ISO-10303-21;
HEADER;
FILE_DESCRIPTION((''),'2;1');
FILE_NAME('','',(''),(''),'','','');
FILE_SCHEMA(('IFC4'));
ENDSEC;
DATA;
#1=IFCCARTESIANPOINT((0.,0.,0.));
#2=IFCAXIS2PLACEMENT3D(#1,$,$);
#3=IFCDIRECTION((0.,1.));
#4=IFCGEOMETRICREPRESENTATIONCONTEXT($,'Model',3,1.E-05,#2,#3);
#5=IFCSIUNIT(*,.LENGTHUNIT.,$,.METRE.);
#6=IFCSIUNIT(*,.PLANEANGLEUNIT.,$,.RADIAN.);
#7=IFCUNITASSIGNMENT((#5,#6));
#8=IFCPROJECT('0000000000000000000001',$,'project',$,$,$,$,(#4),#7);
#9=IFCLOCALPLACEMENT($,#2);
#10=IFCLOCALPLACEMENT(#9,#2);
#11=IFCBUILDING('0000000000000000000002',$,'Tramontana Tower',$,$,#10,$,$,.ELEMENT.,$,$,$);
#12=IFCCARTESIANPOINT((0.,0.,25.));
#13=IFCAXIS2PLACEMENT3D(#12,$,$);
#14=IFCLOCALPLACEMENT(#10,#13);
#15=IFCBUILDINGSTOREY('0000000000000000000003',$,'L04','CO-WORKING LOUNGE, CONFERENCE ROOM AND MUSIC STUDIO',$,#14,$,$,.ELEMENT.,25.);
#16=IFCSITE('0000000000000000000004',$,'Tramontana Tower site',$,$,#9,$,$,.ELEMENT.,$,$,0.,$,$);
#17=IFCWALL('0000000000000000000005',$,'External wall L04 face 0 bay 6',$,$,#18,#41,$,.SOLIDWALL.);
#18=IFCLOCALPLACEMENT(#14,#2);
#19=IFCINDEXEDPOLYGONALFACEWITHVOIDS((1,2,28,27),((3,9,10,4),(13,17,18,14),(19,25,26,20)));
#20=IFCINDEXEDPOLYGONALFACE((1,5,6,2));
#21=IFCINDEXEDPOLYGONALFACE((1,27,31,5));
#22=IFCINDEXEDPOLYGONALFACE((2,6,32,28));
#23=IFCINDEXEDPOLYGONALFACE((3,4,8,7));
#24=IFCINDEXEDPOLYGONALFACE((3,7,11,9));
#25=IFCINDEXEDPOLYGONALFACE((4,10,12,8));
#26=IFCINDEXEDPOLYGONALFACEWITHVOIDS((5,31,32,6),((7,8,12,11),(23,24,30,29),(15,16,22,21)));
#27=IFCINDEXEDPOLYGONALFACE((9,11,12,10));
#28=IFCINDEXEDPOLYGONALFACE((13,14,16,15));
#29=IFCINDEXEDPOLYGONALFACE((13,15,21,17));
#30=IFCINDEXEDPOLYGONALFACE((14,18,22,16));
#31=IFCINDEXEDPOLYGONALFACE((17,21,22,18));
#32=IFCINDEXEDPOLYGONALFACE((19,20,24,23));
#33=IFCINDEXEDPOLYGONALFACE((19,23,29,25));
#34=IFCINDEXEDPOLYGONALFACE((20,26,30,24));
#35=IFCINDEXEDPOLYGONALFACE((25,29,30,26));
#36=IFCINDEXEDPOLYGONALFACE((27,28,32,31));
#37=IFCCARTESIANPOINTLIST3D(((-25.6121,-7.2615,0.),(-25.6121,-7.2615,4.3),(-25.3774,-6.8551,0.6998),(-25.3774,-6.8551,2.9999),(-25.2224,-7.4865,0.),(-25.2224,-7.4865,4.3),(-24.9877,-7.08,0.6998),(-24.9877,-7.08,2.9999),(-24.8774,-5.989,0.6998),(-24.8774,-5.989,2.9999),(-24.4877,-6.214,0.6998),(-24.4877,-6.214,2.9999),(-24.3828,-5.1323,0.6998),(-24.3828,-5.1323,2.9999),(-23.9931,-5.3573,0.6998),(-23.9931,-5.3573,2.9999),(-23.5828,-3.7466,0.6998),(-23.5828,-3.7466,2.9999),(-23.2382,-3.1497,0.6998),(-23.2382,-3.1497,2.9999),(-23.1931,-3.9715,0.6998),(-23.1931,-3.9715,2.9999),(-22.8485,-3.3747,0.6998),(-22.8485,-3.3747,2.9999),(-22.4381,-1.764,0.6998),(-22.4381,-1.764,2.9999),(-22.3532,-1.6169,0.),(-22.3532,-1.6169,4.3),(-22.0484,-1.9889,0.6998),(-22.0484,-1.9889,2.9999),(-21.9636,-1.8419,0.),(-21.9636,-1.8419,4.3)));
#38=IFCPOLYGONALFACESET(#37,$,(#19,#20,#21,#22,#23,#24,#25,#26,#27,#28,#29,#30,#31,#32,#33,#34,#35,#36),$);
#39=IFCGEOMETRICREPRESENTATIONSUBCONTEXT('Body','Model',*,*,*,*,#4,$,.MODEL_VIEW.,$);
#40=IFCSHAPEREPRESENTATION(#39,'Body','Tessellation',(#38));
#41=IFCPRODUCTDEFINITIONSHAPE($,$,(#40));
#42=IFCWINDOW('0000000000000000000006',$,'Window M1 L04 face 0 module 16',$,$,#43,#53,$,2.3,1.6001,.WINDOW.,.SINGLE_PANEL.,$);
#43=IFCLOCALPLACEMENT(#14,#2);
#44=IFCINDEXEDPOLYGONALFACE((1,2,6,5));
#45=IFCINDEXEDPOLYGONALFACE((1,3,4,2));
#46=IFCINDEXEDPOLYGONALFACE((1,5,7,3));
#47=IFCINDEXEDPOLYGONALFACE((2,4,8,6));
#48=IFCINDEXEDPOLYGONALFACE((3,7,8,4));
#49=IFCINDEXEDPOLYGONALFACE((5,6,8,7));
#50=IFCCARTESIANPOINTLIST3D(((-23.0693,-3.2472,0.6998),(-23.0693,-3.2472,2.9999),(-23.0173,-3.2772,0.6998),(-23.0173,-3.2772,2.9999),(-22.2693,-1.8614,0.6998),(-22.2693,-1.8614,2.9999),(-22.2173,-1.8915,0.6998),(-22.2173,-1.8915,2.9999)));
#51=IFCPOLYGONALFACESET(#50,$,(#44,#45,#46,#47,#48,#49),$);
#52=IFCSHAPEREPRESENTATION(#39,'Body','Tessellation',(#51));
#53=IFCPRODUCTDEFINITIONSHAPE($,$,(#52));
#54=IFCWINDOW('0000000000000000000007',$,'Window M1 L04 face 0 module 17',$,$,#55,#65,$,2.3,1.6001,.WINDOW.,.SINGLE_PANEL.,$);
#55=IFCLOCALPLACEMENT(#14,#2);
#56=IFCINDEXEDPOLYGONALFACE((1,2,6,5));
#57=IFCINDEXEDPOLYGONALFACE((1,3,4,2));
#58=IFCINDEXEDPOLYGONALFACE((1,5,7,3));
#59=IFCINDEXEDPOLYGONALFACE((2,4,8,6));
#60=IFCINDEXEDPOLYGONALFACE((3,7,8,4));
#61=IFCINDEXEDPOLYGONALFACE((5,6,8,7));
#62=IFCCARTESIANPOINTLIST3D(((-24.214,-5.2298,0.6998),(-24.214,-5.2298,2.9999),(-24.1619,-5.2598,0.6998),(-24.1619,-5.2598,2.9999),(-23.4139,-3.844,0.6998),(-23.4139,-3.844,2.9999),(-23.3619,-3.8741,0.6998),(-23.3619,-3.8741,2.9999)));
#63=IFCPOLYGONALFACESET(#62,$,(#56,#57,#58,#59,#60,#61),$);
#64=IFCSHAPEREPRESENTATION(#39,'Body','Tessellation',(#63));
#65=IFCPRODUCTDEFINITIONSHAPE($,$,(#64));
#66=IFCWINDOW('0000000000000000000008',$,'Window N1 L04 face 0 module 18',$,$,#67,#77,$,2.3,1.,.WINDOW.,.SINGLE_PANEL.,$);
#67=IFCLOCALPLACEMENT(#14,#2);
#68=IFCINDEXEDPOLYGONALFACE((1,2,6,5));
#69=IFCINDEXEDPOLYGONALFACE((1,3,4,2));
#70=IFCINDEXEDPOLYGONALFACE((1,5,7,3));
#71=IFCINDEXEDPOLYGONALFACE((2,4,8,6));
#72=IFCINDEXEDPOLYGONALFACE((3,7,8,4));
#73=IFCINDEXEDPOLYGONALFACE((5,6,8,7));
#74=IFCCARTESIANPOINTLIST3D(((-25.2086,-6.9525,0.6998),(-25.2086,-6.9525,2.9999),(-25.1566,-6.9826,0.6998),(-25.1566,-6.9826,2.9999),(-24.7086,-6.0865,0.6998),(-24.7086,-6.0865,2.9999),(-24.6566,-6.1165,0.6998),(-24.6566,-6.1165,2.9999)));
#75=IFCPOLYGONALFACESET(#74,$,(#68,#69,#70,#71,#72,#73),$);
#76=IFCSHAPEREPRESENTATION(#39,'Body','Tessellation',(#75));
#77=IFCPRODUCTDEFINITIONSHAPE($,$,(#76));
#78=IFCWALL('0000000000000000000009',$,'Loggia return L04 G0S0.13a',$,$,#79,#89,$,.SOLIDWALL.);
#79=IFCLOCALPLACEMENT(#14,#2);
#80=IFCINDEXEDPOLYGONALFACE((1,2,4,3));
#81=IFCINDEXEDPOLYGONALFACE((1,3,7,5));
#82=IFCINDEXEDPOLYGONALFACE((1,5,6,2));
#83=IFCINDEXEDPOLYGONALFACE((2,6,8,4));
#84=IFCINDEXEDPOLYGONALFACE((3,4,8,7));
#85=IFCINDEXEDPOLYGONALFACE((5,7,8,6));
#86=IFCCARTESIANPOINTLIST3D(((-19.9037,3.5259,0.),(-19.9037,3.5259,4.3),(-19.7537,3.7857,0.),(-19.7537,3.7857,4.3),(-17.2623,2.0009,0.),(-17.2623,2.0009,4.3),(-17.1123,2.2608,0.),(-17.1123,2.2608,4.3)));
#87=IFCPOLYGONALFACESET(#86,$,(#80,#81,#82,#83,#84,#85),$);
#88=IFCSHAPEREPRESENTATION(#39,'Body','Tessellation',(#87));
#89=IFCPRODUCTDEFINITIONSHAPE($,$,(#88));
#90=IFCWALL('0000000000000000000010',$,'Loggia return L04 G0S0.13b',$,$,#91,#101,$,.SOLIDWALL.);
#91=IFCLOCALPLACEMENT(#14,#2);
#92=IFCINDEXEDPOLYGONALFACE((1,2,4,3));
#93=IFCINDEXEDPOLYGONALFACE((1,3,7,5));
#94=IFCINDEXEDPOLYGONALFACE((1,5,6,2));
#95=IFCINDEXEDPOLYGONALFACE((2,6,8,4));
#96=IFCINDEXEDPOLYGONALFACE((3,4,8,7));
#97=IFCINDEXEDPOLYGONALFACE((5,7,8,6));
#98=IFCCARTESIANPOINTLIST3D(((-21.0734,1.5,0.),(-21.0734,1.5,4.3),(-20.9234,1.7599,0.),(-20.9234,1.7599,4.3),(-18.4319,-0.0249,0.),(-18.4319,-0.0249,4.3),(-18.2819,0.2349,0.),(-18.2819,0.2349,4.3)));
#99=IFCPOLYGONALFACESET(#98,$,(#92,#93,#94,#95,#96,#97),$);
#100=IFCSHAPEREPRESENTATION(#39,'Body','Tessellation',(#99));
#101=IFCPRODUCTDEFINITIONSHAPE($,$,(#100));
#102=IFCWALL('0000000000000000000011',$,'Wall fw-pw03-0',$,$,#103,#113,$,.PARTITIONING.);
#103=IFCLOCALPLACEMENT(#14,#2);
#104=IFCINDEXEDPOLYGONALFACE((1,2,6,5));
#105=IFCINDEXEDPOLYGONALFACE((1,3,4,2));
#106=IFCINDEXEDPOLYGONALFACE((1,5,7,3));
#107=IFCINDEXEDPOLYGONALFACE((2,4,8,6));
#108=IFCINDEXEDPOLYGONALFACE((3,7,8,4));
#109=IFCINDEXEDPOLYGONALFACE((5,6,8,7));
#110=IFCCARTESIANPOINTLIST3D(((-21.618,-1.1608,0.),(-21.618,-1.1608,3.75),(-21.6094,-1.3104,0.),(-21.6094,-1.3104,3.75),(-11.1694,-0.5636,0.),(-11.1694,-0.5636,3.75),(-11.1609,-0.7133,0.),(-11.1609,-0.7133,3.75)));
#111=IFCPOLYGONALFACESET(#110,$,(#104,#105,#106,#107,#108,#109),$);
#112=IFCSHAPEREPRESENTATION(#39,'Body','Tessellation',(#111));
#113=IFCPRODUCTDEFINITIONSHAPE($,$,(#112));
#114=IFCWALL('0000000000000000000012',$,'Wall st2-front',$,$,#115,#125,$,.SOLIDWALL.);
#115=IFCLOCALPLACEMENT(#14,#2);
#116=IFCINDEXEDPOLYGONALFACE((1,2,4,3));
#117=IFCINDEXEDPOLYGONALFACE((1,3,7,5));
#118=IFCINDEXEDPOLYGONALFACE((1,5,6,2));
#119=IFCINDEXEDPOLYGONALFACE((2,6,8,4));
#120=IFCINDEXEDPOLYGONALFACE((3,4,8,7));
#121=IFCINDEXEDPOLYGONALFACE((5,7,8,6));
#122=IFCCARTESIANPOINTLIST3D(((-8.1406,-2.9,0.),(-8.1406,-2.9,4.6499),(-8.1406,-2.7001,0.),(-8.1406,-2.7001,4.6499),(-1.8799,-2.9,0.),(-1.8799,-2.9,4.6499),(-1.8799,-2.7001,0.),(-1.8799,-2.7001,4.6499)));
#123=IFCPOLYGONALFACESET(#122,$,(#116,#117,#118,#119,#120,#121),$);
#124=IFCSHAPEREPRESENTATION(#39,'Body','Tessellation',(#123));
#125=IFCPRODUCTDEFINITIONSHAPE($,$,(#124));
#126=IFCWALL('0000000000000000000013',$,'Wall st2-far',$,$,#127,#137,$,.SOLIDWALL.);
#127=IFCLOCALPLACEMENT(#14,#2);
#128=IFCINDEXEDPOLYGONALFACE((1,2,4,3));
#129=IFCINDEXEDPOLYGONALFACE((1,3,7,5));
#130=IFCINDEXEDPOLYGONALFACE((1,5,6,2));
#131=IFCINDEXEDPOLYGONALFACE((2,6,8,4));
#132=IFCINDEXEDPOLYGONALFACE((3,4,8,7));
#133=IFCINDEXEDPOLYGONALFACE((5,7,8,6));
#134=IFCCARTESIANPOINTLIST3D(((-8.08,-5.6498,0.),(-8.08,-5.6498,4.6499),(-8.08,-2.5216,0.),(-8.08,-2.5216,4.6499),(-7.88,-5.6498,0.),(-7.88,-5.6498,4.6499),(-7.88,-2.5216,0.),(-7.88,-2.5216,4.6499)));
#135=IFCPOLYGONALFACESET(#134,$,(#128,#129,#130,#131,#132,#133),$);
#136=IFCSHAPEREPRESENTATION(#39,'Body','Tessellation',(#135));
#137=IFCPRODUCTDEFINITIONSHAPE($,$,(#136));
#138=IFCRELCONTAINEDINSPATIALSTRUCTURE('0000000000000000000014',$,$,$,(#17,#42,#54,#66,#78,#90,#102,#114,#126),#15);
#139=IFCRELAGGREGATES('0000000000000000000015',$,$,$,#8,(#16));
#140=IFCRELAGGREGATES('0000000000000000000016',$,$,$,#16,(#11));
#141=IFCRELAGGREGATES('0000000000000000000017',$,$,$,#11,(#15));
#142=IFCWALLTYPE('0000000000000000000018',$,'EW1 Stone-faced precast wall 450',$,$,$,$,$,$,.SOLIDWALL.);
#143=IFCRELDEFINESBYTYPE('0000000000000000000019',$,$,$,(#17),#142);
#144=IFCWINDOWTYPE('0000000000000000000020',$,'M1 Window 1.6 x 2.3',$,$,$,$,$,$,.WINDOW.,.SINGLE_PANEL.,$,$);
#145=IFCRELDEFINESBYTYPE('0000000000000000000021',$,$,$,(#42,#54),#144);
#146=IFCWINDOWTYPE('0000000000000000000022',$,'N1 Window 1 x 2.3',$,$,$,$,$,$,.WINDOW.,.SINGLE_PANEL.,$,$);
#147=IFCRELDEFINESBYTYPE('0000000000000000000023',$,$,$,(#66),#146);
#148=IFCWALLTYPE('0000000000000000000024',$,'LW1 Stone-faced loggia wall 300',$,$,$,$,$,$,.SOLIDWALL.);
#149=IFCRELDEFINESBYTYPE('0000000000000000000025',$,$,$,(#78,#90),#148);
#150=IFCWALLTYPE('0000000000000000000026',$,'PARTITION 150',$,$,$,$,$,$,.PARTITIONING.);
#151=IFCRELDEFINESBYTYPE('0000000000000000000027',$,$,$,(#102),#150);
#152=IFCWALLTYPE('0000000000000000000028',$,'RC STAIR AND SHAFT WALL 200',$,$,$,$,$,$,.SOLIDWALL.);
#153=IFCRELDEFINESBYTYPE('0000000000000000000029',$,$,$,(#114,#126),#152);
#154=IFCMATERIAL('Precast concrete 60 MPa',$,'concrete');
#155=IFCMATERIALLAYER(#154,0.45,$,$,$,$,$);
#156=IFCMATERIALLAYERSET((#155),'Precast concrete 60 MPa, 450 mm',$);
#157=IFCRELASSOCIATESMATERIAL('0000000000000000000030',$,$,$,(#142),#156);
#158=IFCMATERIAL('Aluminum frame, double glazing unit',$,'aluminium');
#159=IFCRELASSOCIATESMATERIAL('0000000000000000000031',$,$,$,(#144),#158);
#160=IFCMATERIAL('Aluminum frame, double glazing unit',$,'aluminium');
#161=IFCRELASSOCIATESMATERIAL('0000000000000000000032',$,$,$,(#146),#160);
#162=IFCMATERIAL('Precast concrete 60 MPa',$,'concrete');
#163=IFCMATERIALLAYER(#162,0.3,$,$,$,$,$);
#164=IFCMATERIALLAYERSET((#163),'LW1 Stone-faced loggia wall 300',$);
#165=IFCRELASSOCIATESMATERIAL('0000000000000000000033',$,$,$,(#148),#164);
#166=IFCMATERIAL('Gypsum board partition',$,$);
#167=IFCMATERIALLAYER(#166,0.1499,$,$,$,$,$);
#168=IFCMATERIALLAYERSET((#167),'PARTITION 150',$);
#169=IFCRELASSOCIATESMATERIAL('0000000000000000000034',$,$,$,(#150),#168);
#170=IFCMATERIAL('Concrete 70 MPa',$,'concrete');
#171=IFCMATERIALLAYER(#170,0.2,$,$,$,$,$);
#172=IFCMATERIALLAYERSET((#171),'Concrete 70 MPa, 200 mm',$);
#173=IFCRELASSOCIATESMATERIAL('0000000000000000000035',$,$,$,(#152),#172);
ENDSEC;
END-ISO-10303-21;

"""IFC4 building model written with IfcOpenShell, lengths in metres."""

from ifc_helpers import new_model, si_unit, direction, frame, frame_2d, origin, place, context, subcontext, project, spatial, rectangle, extrude, material, layer, layer_set, type_object, element, fill, save


model = new_model("IFC4")

# Units and contexts
model_context = context("Model", 3, precision=1e-05, world=origin(), true_north=direction((0.0, 1.0)))
body_context = subcontext(model_context, "Body", "Model", "MODEL_VIEW")
ifc_project = project(units=[si_unit("LENGTHUNIT", "METRE"), si_unit("PLANEANGLEUNIT", "RADIAN")], contexts=[model_context])

# Site, building, storey
site_placement = place(None, origin())
site = spatial("IfcSite", under=ifc_project, at=site_placement, Name="Tramontana Tower site", CompositionType="ELEMENT", RefElevation=0.0)
building_placement = place(site_placement, origin())
building = spatial("IfcBuilding", under=site, at=building_placement, Name="Tramontana Tower", CompositionType="ELEMENT")
storey_placement = place(building_placement, frame((0.0, 0.0, 25.0)))
storey = spatial("IfcBuildingStorey", under=building, at=storey_placement, Name="L04", Description="CO-WORKING LOUNGE, CONFERENCE ROOM AND MUSIC STUDIO", CompositionType="ELEMENT", Elevation=25.0)

# Shared definitions
ifc_material_1 = material(Name="Precast concrete 60 MPa", Category="concrete")
ifc_layer_1 = layer(ifc_material_1, 0.45)
ifc_layer_set_1 = layer_set([ifc_layer_1], Name="Precast concrete 60 MPa, 450 mm")
wall_type_1 = type_object("IfcWallType", Name="EW1 Stone-faced precast wall 450", PredefinedType="SOLIDWALL", material=ifc_layer_set_1)
ifc_material_2 = material(Name="Aluminum frame, double glazing unit", Category="aluminium")
window_type_1 = type_object("IfcWindowType", Name="M1 Window 1.6 x 2.3", PartitioningType="SINGLE_PANEL", PredefinedType="WINDOW", material=ifc_material_2)

# Wall, openings, windows
wall_1_placement = place(storey_placement, frame((-22.1584, -1.7295, 0.0), z_axis=(0.0, 0.0, 1.0), x_axis=(-0.49999, -0.866031, 0.0)))
wall_1 = element("IfcWall", 1, at=wall_1_placement, inside=storey, type_object=wall_type_1, Name="External wall L04 face 0 bay 6", PredefinedType="SOLIDWALL", context=body_context, shape_type="SweptSolid", body=[
    extrude(rectangle(XDim=6.5178, YDim=0.45, at=frame_2d((3.2588, 0.0))), origin(), (0.0, 0.0, 1.0), 4.3),
])
opening_1_placement = place(wall_1_placement, frame((0.1697, 0.0, 0.7)))
opening_1 = element("IfcOpeningElement", 2, at=opening_1_placement, cuts=wall_1, PredefinedType="OPENING", context=body_context, shape_type="SweptSolid", body=[
    extrude(rectangle(XDim=1.6001, YDim=2.3, at=frame_2d((0.8, 1.1499))), frame((0.0, 0.2349, 0.0), z_axis=(0.0, -1.0, 0.0), x_axis=(1.0, 0.0, 0.0)), (0.0, 0.0, 1.0), 0.47),
])
opening_2_placement = place(wall_1_placement, frame((2.459, 0.0, 0.7)))
opening_2 = element("IfcOpeningElement", 3, at=opening_2_placement, cuts=wall_1, PredefinedType="OPENING", context=body_context, shape_type="SweptSolid", body=[
    extrude(rectangle(XDim=1.6001, YDim=2.3, at=frame_2d((0.8, 1.1499))), frame((0.0, 0.2349, 0.0), z_axis=(0.0, -1.0, 0.0), x_axis=(1.0, 0.0, 0.0)), (0.0, 0.0, 1.0), 0.47),
])
opening_3_placement = place(wall_1_placement, frame((5.0483, 0.0, 0.7)))
opening_3 = element("IfcOpeningElement", 4, at=opening_3_placement, cuts=wall_1, PredefinedType="OPENING", context=body_context, shape_type="SweptSolid", body=[
    extrude(rectangle(XDim=1.0, YDim=2.3, at=frame_2d((0.5, 1.1499))), frame((0.0, 0.2349, 0.0), z_axis=(0.0, -1.0, 0.0), x_axis=(1.0, 0.0, 0.0)), (0.0, 0.0, 1.0), 0.47),
])
window_1_placement = place(opening_1_placement, origin())
window_1 = element("IfcWindow", 5, at=window_1_placement, inside=storey, type_object=window_type_1, Name="Window M1 L04 face 0 module 16", OverallHeight=2.3, OverallWidth=1.6001, PartitioningType="SINGLE_PANEL", PredefinedType="WINDOW", context=body_context, shape_type="SweptSolid", body=[
    extrude(rectangle(XDim=1.6001, YDim=2.3, at=frame_2d((0.8, 1.1499))), frame((0.0, 0.03, 0.0), z_axis=(0.0, -1.0, 0.0), x_axis=(1.0, 0.0, 0.0)), (0.0, 0.0, 1.0), 0.0601),
])
fill(opening_1, window_1)
window_2_placement = place(opening_2_placement, origin())
window_2 = element("IfcWindow", 6, at=window_2_placement, inside=storey, type_object=window_type_1, Name="Window M1 L04 face 0 module 17", OverallHeight=2.3, OverallWidth=1.6001, PartitioningType="SINGLE_PANEL", PredefinedType="WINDOW", context=body_context, shape_type="SweptSolid", body=[
    extrude(rectangle(XDim=1.6001, YDim=2.3, at=frame_2d((0.8, 1.1499))), frame((0.0, 0.03, 0.0), z_axis=(0.0, -1.0, 0.0), x_axis=(1.0, 0.0, 0.0)), (0.0, 0.0, 1.0), 0.0601),
])
fill(opening_2, window_2)
ifc_material_3 = material(Name="Aluminum frame, double glazing unit", Category="aluminium")
window_type_2 = type_object("IfcWindowType", Name="N1 Window 1 x 2.3", PartitioningType="SINGLE_PANEL", PredefinedType="WINDOW", material=ifc_material_3)
window_3_placement = place(opening_3_placement, origin())
window_3 = element("IfcWindow", 7, at=window_3_placement, inside=storey, type_object=window_type_2, Name="Window N1 L04 face 0 module 18", OverallHeight=2.3, OverallWidth=1.0, PartitioningType="SINGLE_PANEL", PredefinedType="WINDOW", context=body_context, shape_type="SweptSolid", body=[
    extrude(rectangle(XDim=1.0, YDim=2.3, at=frame_2d((0.5, 1.1499))), frame((0.0, 0.03, 0.0), z_axis=(0.0, -1.0, 0.0), x_axis=(1.0, 0.0, 0.0)), (0.0, 0.0, 1.0), 0.0601),
])
fill(opening_3, window_3)

# Shared definitions
ifc_material_4 = material(Name="Precast concrete 60 MPa", Category="concrete")
ifc_layer_2 = layer(ifc_material_4, 0.3)
ifc_layer_set_2 = layer_set([ifc_layer_2], Name="LW1 Stone-faced loggia wall 300")
wall_type_2 = type_object("IfcWallType", Name="LW1 Stone-faced loggia wall 300", PredefinedType="SOLIDWALL", material=ifc_layer_set_2)

# Walls
for number, where, z_axis, x_axis, name in (
    (8, (-19.8286, 3.6558, 0.0), (0.0, 0.0, 1.0), (0.866038, -0.499979, 0.0), "Loggia return L04 G0S0.13a"),
    (9, (-20.9983, 1.6299, 0.0), (0.0, 0.0, 1.0), (0.866038, -0.499979, 0.0), "Loggia return L04 G0S0.13b"),
):
    element("IfcWall", number, at=place(storey_placement, frame(where, z_axis=z_axis, x_axis=x_axis)), inside=storey, type_object=wall_type_2, Name=name, PredefinedType="SOLIDWALL", context=body_context, shape_type="SweptSolid", body=[
        extrude(rectangle(XDim=3.05, YDim=0.3, at=frame_2d((1.5249, 0.0))), origin(), (0.0, 0.0, 1.0), 4.3),
    ])
ifc_material_5 = material(Name="Gypsum board partition")
ifc_layer_3 = layer(ifc_material_5, 0.1499)
ifc_layer_set_3 = layer_set([ifc_layer_3], Name="PARTITION 150")
wall_type_3 = type_object("IfcWallType", Name="PARTITION 150", PredefinedType="PARTITIONING", material=ifc_layer_set_3)
wall_2_placement = place(storey_placement, frame((-11.165, -0.6384, 0.0), z_axis=(0.0, 0.0, 1.0), x_axis=(-0.998371, -0.05706, 0.0)))
element("IfcWall", 10, at=wall_2_placement, inside=storey, type_object=wall_type_3, Name="Wall fw-pw03-0", PredefinedType="PARTITIONING", context=body_context, shape_type="SweptSolid", body=[
    extrude(rectangle(XDim=10.4656, YDim=0.1499, at=frame_2d((5.2329, 0.0))), origin(), (0.0, 0.0, 1.0), 3.75),
])
ifc_material_6 = material(Name="Concrete 70 MPa", Category="concrete")
ifc_layer_4 = layer(ifc_material_6, 0.2)
ifc_layer_set_4 = layer_set([ifc_layer_4], Name="Concrete 70 MPa, 200 mm")
wall_type_4 = type_object("IfcWallType", Name="RC STAIR AND SHAFT WALL 200", PredefinedType="SOLIDWALL", material=ifc_layer_set_4)
wall_3_placement = place(storey_placement, frame((-8.1406, -2.8, 0.0), z_axis=(0.0, 0.0, 1.0), x_axis=(1.0, 0.0, 0.0)))
element("IfcWall", 11, at=wall_3_placement, inside=storey, type_object=wall_type_4, Name="Wall st2-front", PredefinedType="SOLIDWALL", context=body_context, shape_type="SweptSolid", body=[
    extrude(rectangle(XDim=6.2607, YDim=0.2, at=frame_2d((3.1304, 0.0))), origin(), (0.0, 0.0, 1.0), 4.6499),
])
wall_4_placement = place(storey_placement, frame((-7.98, -2.5217, 0.0), z_axis=(0.0, 0.0, 1.0), x_axis=(0.0, -1.0, 0.0)))
element("IfcWall", 12, at=wall_4_placement, inside=storey, type_object=wall_type_4, Name="Wall st2-far", PredefinedType="SOLIDWALL", context=body_context, shape_type="SweptSolid", body=[
    extrude(rectangle(XDim=3.1282, YDim=0.2, at=frame_2d((1.564, 0.0))), origin(), (0.0, 0.0, 1.0), 4.6499),
])

save(model, "model.ifc")
